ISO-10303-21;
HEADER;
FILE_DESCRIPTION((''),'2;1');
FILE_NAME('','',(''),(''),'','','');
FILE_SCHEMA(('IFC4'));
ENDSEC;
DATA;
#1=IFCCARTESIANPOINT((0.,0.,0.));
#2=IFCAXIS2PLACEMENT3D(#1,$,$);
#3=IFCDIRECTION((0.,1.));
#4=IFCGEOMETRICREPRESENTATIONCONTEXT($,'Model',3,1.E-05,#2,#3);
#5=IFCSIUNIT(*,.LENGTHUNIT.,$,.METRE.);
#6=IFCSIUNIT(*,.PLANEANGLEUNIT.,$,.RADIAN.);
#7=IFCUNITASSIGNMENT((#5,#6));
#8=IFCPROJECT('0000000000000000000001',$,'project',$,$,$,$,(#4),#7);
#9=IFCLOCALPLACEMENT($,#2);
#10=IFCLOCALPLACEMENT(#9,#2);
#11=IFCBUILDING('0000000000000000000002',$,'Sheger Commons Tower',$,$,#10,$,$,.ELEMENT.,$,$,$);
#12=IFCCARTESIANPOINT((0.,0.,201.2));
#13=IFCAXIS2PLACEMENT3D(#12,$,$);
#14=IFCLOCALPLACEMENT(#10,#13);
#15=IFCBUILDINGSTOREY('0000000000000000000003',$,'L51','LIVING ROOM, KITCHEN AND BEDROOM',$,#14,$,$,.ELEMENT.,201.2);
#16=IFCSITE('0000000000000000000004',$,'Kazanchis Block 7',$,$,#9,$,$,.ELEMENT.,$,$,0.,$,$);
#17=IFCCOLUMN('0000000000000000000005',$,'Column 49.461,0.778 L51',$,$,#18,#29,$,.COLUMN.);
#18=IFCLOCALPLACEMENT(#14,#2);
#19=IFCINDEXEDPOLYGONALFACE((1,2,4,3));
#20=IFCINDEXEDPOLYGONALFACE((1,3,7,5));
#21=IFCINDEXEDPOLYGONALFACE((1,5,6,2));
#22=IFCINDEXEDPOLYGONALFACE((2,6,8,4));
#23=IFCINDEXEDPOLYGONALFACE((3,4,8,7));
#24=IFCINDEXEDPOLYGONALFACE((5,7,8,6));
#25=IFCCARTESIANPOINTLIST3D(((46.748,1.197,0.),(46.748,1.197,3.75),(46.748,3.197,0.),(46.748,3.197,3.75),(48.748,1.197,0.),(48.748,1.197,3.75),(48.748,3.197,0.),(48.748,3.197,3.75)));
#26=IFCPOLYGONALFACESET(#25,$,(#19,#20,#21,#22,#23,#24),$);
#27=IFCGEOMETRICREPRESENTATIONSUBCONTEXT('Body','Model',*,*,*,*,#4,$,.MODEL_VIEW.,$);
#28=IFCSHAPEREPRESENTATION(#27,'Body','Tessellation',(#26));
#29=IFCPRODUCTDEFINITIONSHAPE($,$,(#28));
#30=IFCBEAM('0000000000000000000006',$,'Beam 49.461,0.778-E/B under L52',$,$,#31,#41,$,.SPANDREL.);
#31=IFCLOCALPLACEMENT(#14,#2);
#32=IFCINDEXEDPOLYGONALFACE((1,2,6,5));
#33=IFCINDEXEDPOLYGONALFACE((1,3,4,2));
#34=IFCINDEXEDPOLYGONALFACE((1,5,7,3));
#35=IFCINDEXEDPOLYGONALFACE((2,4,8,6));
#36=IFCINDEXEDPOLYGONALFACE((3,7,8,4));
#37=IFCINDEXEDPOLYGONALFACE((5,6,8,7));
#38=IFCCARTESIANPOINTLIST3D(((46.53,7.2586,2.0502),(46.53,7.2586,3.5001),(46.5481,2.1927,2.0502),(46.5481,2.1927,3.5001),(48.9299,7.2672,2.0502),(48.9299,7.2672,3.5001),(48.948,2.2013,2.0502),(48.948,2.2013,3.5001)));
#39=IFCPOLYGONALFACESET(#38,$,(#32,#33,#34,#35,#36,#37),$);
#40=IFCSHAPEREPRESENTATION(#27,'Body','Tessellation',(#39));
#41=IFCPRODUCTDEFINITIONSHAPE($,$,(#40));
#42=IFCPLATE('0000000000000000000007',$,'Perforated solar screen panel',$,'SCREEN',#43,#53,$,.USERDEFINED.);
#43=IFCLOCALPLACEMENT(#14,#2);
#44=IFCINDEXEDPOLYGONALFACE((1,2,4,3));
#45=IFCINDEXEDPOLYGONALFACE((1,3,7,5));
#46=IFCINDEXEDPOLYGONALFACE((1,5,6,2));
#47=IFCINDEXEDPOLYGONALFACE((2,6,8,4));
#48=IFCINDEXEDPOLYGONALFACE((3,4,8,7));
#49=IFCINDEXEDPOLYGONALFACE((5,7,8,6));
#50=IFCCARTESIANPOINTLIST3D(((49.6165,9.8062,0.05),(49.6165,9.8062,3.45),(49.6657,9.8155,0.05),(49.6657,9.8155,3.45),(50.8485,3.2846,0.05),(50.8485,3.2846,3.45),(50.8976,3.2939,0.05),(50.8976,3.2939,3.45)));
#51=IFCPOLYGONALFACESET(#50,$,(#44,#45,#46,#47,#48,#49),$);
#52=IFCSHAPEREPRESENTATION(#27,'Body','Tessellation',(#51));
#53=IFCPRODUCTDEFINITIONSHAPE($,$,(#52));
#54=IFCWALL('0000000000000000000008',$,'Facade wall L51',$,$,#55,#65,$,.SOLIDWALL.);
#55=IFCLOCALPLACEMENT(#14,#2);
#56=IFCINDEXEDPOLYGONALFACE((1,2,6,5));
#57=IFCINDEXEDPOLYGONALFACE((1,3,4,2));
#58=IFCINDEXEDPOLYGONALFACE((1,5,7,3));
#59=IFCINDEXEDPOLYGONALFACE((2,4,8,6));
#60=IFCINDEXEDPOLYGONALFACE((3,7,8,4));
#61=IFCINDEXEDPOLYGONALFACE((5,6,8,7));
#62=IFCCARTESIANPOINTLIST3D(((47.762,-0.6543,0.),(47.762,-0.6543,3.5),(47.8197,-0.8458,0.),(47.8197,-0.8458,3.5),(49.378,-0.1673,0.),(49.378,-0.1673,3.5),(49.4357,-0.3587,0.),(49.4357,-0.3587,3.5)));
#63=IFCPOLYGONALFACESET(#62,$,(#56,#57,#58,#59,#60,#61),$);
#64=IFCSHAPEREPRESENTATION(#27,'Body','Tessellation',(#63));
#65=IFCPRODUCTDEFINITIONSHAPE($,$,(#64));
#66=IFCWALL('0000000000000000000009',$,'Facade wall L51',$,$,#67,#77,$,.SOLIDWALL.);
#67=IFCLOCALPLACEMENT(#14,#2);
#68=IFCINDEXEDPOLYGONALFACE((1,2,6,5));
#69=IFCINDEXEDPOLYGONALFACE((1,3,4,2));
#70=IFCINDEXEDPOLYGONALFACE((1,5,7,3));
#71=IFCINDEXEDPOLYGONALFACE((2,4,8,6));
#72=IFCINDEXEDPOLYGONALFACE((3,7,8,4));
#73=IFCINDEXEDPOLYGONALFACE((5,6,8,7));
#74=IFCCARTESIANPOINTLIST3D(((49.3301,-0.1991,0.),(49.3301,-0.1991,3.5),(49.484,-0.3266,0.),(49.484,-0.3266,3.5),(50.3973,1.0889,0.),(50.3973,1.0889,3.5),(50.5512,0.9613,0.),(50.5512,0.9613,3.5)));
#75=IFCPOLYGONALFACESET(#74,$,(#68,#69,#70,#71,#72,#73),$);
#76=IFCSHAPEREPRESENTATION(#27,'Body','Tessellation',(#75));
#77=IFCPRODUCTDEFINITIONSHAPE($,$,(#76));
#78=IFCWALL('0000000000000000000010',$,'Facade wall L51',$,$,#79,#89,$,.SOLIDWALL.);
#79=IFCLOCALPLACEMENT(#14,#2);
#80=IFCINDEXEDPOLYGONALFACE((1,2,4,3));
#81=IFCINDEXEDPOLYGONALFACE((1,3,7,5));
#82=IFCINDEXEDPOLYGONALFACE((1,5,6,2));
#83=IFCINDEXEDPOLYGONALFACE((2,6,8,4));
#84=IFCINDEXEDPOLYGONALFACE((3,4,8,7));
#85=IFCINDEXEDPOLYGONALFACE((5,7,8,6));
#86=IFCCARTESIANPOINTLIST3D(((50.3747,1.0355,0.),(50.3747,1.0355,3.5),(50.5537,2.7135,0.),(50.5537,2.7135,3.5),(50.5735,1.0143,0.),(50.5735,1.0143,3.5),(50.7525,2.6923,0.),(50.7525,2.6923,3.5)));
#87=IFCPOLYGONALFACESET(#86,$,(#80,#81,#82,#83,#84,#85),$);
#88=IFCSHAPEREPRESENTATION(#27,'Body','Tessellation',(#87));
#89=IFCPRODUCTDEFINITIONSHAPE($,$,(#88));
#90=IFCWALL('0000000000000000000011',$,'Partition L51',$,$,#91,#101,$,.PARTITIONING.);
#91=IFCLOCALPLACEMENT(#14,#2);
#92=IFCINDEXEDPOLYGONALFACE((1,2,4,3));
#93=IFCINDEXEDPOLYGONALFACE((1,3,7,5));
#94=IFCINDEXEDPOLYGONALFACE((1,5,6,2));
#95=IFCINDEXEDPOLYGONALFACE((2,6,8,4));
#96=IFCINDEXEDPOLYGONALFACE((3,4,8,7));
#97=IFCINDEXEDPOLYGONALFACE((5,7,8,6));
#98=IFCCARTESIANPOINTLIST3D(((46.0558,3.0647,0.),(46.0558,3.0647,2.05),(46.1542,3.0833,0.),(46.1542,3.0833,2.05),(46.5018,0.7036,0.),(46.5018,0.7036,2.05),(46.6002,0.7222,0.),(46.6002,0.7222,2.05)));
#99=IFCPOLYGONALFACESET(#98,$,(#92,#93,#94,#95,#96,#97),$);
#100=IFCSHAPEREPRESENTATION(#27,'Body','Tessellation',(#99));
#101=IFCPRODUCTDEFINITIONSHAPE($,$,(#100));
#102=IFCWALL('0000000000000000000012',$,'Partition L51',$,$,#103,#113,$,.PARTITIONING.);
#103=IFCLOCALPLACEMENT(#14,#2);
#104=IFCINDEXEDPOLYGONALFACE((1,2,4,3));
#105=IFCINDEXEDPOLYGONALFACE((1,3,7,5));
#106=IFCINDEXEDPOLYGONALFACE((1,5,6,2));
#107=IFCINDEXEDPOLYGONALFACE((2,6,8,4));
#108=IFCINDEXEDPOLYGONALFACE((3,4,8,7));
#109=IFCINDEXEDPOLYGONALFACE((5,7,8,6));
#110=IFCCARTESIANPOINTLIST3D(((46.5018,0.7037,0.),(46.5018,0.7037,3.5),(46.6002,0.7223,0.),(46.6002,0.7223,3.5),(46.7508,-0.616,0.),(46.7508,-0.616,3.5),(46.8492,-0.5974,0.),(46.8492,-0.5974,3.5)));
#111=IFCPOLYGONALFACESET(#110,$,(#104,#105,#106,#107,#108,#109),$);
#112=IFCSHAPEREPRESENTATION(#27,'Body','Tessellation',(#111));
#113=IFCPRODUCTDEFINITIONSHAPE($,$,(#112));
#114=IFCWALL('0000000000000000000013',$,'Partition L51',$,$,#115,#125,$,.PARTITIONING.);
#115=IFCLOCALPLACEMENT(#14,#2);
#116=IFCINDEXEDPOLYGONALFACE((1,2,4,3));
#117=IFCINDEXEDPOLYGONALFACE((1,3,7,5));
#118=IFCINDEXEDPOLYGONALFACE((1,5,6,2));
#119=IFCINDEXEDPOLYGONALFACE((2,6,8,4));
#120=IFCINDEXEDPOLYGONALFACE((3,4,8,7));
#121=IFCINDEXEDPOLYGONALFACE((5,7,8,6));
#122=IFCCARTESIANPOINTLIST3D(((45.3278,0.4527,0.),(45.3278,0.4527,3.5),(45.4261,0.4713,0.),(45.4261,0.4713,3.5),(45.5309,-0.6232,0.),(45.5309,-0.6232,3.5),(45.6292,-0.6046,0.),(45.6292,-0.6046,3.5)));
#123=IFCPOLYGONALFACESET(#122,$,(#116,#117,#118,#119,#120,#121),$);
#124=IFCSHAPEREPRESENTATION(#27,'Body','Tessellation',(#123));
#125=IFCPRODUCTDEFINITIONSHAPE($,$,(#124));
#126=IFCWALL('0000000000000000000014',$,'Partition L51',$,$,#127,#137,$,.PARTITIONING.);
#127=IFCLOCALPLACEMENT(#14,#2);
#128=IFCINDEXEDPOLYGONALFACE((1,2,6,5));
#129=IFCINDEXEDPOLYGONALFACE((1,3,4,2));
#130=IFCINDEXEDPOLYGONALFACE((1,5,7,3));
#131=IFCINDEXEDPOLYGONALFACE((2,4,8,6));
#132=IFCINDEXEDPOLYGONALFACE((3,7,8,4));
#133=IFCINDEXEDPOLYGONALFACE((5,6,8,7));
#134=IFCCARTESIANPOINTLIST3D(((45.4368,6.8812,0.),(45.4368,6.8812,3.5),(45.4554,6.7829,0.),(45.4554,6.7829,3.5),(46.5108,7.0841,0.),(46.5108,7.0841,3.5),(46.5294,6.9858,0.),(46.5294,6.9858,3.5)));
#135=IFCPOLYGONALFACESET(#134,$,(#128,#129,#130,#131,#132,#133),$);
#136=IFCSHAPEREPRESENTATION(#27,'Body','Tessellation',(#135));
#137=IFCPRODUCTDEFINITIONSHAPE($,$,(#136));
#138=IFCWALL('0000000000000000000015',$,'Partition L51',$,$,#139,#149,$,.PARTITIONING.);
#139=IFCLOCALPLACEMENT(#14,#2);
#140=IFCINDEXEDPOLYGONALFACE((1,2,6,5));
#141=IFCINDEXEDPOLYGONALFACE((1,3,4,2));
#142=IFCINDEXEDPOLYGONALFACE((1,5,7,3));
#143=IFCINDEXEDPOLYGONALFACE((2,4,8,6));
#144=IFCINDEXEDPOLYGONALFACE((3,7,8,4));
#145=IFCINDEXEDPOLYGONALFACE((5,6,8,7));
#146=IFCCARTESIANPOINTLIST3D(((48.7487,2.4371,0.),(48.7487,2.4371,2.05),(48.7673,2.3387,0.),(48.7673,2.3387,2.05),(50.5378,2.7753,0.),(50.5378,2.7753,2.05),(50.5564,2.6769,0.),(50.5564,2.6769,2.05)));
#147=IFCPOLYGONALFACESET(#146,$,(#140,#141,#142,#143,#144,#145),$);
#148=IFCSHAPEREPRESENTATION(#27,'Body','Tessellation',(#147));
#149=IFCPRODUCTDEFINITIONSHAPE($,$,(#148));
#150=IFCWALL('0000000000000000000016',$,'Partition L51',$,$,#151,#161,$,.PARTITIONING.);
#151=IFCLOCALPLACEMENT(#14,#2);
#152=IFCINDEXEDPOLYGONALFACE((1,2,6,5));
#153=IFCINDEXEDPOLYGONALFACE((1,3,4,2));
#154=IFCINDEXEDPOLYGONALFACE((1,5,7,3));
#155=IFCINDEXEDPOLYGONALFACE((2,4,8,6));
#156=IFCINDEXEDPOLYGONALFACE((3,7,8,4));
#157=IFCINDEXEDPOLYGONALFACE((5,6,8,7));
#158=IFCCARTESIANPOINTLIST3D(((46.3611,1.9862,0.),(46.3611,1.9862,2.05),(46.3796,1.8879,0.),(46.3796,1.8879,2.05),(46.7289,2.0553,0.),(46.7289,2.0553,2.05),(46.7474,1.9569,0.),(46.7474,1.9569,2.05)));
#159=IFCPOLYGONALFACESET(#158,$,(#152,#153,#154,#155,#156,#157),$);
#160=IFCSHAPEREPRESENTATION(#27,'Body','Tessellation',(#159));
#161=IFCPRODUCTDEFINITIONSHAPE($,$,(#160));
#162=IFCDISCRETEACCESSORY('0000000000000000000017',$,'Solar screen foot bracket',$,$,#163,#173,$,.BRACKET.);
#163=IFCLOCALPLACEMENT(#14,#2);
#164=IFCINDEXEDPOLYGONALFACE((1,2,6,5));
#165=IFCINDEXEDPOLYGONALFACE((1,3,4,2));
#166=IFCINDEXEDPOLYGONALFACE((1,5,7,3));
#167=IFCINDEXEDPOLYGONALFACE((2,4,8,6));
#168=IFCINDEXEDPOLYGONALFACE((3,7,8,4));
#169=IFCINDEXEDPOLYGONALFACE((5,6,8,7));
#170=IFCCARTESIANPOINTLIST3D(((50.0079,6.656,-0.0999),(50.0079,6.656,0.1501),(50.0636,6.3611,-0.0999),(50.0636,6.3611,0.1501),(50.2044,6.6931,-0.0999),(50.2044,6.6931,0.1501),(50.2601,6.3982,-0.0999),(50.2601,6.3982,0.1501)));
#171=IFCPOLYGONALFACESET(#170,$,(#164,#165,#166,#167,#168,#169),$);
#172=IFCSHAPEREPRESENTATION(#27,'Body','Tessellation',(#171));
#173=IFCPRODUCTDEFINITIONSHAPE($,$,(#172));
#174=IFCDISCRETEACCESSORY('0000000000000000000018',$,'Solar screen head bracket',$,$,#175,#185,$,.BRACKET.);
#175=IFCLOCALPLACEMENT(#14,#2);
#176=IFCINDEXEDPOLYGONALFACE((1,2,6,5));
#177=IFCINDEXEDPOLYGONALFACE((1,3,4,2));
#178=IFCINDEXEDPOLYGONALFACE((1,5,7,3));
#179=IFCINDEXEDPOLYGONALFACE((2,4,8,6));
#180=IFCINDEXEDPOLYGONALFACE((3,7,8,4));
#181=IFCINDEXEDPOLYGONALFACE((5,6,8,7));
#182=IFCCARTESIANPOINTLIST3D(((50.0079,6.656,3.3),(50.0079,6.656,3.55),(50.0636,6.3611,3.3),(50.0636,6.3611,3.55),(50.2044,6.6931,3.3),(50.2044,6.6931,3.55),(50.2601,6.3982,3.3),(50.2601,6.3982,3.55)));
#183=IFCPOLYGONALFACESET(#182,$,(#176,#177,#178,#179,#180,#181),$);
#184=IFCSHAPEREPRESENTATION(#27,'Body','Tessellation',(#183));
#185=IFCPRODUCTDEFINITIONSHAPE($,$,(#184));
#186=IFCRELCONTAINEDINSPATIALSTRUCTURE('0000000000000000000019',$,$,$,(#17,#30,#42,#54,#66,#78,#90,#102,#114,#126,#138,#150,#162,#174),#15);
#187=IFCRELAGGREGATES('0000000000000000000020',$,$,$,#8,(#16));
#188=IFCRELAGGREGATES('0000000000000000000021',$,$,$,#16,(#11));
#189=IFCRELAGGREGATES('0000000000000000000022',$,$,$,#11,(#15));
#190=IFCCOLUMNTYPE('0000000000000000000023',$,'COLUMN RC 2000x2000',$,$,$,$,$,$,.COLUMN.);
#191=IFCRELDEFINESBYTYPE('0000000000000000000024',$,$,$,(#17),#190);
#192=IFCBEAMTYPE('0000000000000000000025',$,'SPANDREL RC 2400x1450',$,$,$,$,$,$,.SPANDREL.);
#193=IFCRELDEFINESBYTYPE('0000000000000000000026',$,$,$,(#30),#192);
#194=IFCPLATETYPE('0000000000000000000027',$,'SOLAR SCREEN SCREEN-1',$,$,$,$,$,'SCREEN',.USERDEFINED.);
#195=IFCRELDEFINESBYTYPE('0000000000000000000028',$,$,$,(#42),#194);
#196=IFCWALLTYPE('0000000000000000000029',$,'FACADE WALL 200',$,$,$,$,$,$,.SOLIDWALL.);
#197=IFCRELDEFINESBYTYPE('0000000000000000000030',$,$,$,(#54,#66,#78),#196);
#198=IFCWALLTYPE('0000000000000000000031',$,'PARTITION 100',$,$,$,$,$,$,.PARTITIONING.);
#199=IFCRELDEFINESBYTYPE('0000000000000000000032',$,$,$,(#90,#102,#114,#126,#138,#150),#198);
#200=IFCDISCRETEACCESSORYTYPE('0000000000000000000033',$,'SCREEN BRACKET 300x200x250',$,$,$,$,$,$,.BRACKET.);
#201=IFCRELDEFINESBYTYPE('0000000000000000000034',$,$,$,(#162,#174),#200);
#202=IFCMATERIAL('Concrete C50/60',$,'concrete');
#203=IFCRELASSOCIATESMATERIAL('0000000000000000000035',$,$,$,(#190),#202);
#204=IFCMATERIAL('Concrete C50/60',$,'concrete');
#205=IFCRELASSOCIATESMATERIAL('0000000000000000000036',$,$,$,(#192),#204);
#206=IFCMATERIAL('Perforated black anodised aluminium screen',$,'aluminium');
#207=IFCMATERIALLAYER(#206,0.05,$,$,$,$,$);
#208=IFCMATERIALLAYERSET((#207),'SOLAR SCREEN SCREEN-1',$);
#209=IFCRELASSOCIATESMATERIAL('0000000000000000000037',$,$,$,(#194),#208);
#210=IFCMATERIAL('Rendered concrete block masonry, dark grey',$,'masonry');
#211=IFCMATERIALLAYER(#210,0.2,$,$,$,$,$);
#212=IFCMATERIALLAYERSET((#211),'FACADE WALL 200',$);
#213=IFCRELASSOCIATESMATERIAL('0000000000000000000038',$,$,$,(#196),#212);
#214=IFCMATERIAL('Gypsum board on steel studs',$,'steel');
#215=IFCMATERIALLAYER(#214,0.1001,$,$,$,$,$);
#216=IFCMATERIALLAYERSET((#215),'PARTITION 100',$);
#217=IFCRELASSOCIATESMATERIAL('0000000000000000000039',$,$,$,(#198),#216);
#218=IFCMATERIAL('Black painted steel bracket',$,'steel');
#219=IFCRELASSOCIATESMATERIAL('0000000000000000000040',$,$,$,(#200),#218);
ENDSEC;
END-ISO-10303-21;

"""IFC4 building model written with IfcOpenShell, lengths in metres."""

from ifc_helpers import new_model, si_unit, direction, frame, frame_2d, origin, origin_2d, place, context, subcontext, project, spatial, rectangle, extrude, material, layer, layer_set, material_profile, profile_set, type_object, element, save


model = new_model("IFC4")

# Units and contexts
model_context = context("Model", 3, precision=1e-05, world=origin(), true_north=direction((0.0, 1.0)))
body_context = subcontext(model_context, "Body", "Model", "MODEL_VIEW")
ifc_project = project(units=[si_unit("LENGTHUNIT", "METRE"), si_unit("PLANEANGLEUNIT", "RADIAN")], contexts=[model_context])

# Site, building, storey
site_placement = place(None, origin())
site = spatial("IfcSite", under=ifc_project, at=site_placement, Name="Kazanchis Block 7", CompositionType="ELEMENT", RefElevation=0.0)
building_placement = place(site_placement, origin())
building = spatial("IfcBuilding", under=site, at=building_placement, Name="Sheger Commons Tower", CompositionType="ELEMENT")
storey_placement = place(building_placement, frame((0.0, 0.0, 201.2)))
storey = spatial("IfcBuildingStorey", under=building, at=storey_placement, Name="L51", Description="LIVING ROOM, KITCHEN AND BEDROOM", CompositionType="ELEMENT", Elevation=201.2)

# Column
ifc_material_1 = material(Name="Concrete C50/60", Category="concrete")
ifc_material_profile_1 = material_profile(ifc_material_1, rectangle(XDim=2.0, YDim=2.0, at=origin_2d()), Name="RC 2000x2000")
ifc_profile_set_1 = profile_set([ifc_material_profile_1], Name="Concrete C50/60")
column_type = type_object("IfcColumnType", Name="COLUMN RC 2000x2000", PredefinedType="COLUMN", material=ifc_profile_set_1)
column_placement = place(storey_placement, frame((47.748, 2.197, 0.0), z_axis=(0.0, 0.0, 1.0), x_axis=(1.0, 0.0, 0.0)))
element("IfcColumn", 1, at=column_placement, inside=storey, type_object=column_type, Name="Column 49.461,0.778 L51", PredefinedType="COLUMN", context=body_context, shape_type="SweptSolid", body=[
    extrude(rectangle(XDim=2.0, YDim=2.0, at=origin_2d()), origin(), (0.0, 0.0, 1.0), 3.75),
])

# Beam
ifc_material_2 = material(Name="Concrete C50/60", Category="concrete")
ifc_material_profile_2 = material_profile(ifc_material_2, rectangle(XDim=2.3999, YDim=1.45, at=origin_2d()), Name="RC 2400x1450")
ifc_profile_set_2 = profile_set([ifc_material_profile_2], Name="Concrete C50/60")
beam_type = type_object("IfcBeamType", Name="SPANDREL RC 2400x1450", PredefinedType="SPANDREL", material=ifc_profile_set_2)
beam_placement = place(storey_placement, frame((47.748, 2.197, 2.7751), z_axis=(-0.003566, 0.999994, 0.0), x_axis=(-0.999994, -0.003566, 0.0)))
element("IfcBeam", 2, at=beam_placement, inside=storey, type_object=beam_type, Name="Beam 49.461,0.778-E/B under L52", PredefinedType="SPANDREL", context=body_context, shape_type="SweptSolid", body=[
    extrude(rectangle(XDim=2.3999, YDim=1.45, at=origin_2d()), origin(), (0.0, 0.0, 1.0), 5.0659),
])

# Plate
ifc_material_3 = material(Name="Perforated black anodised aluminium screen", Category="aluminium")
ifc_layer_1 = layer(ifc_material_3, 0.05)
ifc_layer_set_1 = layer_set([ifc_layer_1], Name="SOLAR SCREEN SCREEN-1")
plate_type = type_object("IfcPlateType", Name="SOLAR SCREEN SCREEN-1", ElementType="SCREEN", PredefinedType="USERDEFINED", material=ifc_layer_set_1)
plate_placement = place(storey_placement, frame((50.2571, 6.55, 0.05), z_axis=(0.0, 0.0, 1.0), x_axis=(-0.185615, 0.982623, 0.0)))
element("IfcPlate", 3, at=plate_placement, inside=storey, type_object=plate_type, Name="Perforated solar screen panel", ObjectType="SCREEN", PredefinedType="USERDEFINED", context=body_context, shape_type="SweptSolid", body=[
    extrude(rectangle(XDim=6.637, YDim=0.05, at=origin_2d()), origin(), (0.0, 0.0, 1.0), 3.3999),
])

# Walls
ifc_material_4 = material(Name="Rendered concrete block masonry, dark grey", Category="masonry")
ifc_layer_2 = layer(ifc_material_4, 0.2)
ifc_layer_set_2 = layer_set([ifc_layer_2], Name="FACADE WALL 200")
wall_type_1 = type_object("IfcWallType", Name="FACADE WALL 200", PredefinedType="SOLIDWALL", material=ifc_layer_set_2)
wall_1_placement = place(storey_placement, frame((47.791, -0.75, 0.0), z_axis=(0.0, 0.0, 1.0), x_axis=(0.957455, 0.288582, 0.0)))
element("IfcWall", 4, at=wall_1_placement, inside=storey, type_object=wall_type_1, Name="Facade wall L51", PredefinedType="SOLIDWALL", context=body_context, shape_type="SweptSolid", body=[
    extrude(rectangle(XDim=1.6877, YDim=0.2, at=frame_2d((0.8438, 0.0))), origin(), (0.0, 0.0, 1.0), 3.5),
])
wall_2_placement = place(storey_placement, frame((49.407, -0.2629, 0.0), z_axis=(0.0, 0.0, 1.0), x_axis=(0.638043, 0.770001, 0.0)))
element("IfcWall", 5, at=wall_2_placement, inside=storey, type_object=wall_type_1, Name="Facade wall L51", PredefinedType="SOLIDWALL", context=body_context, shape_type="SweptSolid", body=[
    extrude(rectangle(XDim=1.6726, YDim=0.2, at=frame_2d((0.8364, 0.0))), origin(), (0.0, 0.0, 1.0), 3.5),
])
wall_3_placement = place(storey_placement, frame((50.4741, 1.0249, 0.0), z_axis=(0.0, 0.0, 1.0), x_axis=(0.106048, 0.994361, 0.0)))
element("IfcWall", 6, at=wall_3_placement, inside=storey, type_object=wall_type_1, Name="Facade wall L51", PredefinedType="SOLIDWALL", context=body_context, shape_type="SweptSolid", body=[
    extrude(rectangle(XDim=1.6875, YDim=0.2, at=frame_2d((0.8438, 0.0))), origin(), (0.0, 0.0, 1.0), 3.5),
])

# Walls
ifc_material_5 = material(Name="Gypsum board on steel studs", Category="steel")
ifc_layer_3 = layer(ifc_material_5, 0.1001)
ifc_layer_set_3 = layer_set([ifc_layer_3], Name="PARTITION 100")
wall_type_2 = type_object("IfcWallType", Name="PARTITION 100", PredefinedType="PARTITIONING", material=ifc_layer_set_3)
wall_4_placement = place(storey_placement, frame((46.105, 3.074, 0.0), z_axis=(0.0, 0.0, 1.0), x_axis=(0.185632, -0.982619, 0.0)))
element("IfcWall", 7, at=wall_4_placement, inside=storey, type_object=wall_type_2, Name="Partition L51", PredefinedType="PARTITIONING", context=body_context, shape_type="SweptSolid", body=[
    extrude(rectangle(XDim=2.4028, YDim=0.1001, at=frame_2d((1.2014, 0.0))), origin(), (0.0, 0.0, 1.0), 2.05),
])
wall_5_placement = place(storey_placement, frame((46.551, 0.7129, 0.0), z_axis=(0.0, 0.0, 1.0), x_axis=(0.185408, -0.982662, 0.0)))
element("IfcWall", 8, at=wall_5_placement, inside=storey, type_object=wall_type_2, Name="Partition L51", PredefinedType="PARTITIONING", context=body_context, shape_type="SweptSolid", body=[
    extrude(rectangle(XDim=1.343, YDim=0.1001, at=frame_2d((0.6714, 0.0))), origin(), (0.0, 0.0, 1.0), 3.5),
])
wall_6_placement = place(storey_placement, frame((45.377, 0.4619, 0.0), z_axis=(0.0, 0.0, 1.0), x_axis=(0.185513, -0.982642, 0.0)))
element("IfcWall", 9, at=wall_6_placement, inside=storey, type_object=wall_type_2, Name="Partition L51", PredefinedType="PARTITIONING", context=body_context, shape_type="SweptSolid", body=[
    extrude(rectangle(XDim=1.095, YDim=0.1001, at=frame_2d((0.5474, 0.0))), origin(), (0.0, 0.0, 1.0), 3.5),
])
wall_7_placement = place(storey_placement, frame((46.52, 7.0349, 0.0), z_axis=(0.0, 0.0, 1.0), x_axis=(-0.982621, -0.185624, 0.0)))
element("IfcWall", 10, at=wall_7_placement, inside=storey, type_object=wall_type_2, Name="Partition L51", PredefinedType="PARTITIONING", context=body_context, shape_type="SweptSolid", body=[
    extrude(rectangle(XDim=1.093, YDim=0.1001, at=frame_2d((0.5464, 0.0))), origin(), (0.0, 0.0, 1.0), 3.5),
])
wall_8_placement = place(storey_placement, frame((50.5471, 2.7261, 0.0), z_axis=(0.0, 0.0, 1.0), x_axis=(-0.982604, -0.185713, 0.0)))
element("IfcWall", 11, at=wall_8_placement, inside=storey, type_object=wall_type_2, Name="Partition L51", PredefinedType="PARTITIONING", context=body_context, shape_type="SweptSolid", body=[
    extrude(rectangle(XDim=1.8208, YDim=0.1001, at=frame_2d((0.9104, 0.0))), origin(), (0.0, 0.0, 1.0), 2.05),
])
wall_9_placement = place(storey_placement, frame((46.738, 2.0061, 0.0), z_axis=(0.0, 0.0, 1.0), x_axis=(-0.98282, -0.184564, 0.0)))
element("IfcWall", 12, at=wall_9_placement, inside=storey, type_object=wall_type_2, Name="Partition L51", PredefinedType="PARTITIONING", context=body_context, shape_type="SweptSolid", body=[
    extrude(rectangle(XDim=0.3743, YDim=0.1001, at=frame_2d((0.187, 0.0))), origin(), (0.0, 0.0, 1.0), 2.05),
])

# Discrete accessories
ifc_material_6 = material(Name="Black painted steel bracket", Category="steel")
discrete_accessory_type = type_object("IfcDiscreteAccessoryType", Name="SCREEN BRACKET 300x200x250", PredefinedType="BRACKET", material=ifc_material_6)
for number, where, z_axis, x_axis, name in (
    (13, (50.134, 6.5271, -0.0999), (0.0, 0.0, 1.0), (-0.185615, 0.982623, 0.0), "Solar screen foot bracket"),
    (14, (50.134, 6.5271, 3.3), (0.0, 0.0, 1.0), (-0.185615, 0.982623, 0.0), "Solar screen head bracket"),
):
    element("IfcDiscreteAccessory", number, at=place(storey_placement, frame(where, z_axis=z_axis, x_axis=x_axis)), inside=storey, type_object=discrete_accessory_type, Name=name, PredefinedType="BRACKET", context=body_context, shape_type="SweptSolid", body=[
        extrude(rectangle(XDim=0.3, YDim=0.2, at=origin_2d()), origin(), (0.0, 0.0, 1.0), 0.25),
    ])

save(model, "model.ifc")
